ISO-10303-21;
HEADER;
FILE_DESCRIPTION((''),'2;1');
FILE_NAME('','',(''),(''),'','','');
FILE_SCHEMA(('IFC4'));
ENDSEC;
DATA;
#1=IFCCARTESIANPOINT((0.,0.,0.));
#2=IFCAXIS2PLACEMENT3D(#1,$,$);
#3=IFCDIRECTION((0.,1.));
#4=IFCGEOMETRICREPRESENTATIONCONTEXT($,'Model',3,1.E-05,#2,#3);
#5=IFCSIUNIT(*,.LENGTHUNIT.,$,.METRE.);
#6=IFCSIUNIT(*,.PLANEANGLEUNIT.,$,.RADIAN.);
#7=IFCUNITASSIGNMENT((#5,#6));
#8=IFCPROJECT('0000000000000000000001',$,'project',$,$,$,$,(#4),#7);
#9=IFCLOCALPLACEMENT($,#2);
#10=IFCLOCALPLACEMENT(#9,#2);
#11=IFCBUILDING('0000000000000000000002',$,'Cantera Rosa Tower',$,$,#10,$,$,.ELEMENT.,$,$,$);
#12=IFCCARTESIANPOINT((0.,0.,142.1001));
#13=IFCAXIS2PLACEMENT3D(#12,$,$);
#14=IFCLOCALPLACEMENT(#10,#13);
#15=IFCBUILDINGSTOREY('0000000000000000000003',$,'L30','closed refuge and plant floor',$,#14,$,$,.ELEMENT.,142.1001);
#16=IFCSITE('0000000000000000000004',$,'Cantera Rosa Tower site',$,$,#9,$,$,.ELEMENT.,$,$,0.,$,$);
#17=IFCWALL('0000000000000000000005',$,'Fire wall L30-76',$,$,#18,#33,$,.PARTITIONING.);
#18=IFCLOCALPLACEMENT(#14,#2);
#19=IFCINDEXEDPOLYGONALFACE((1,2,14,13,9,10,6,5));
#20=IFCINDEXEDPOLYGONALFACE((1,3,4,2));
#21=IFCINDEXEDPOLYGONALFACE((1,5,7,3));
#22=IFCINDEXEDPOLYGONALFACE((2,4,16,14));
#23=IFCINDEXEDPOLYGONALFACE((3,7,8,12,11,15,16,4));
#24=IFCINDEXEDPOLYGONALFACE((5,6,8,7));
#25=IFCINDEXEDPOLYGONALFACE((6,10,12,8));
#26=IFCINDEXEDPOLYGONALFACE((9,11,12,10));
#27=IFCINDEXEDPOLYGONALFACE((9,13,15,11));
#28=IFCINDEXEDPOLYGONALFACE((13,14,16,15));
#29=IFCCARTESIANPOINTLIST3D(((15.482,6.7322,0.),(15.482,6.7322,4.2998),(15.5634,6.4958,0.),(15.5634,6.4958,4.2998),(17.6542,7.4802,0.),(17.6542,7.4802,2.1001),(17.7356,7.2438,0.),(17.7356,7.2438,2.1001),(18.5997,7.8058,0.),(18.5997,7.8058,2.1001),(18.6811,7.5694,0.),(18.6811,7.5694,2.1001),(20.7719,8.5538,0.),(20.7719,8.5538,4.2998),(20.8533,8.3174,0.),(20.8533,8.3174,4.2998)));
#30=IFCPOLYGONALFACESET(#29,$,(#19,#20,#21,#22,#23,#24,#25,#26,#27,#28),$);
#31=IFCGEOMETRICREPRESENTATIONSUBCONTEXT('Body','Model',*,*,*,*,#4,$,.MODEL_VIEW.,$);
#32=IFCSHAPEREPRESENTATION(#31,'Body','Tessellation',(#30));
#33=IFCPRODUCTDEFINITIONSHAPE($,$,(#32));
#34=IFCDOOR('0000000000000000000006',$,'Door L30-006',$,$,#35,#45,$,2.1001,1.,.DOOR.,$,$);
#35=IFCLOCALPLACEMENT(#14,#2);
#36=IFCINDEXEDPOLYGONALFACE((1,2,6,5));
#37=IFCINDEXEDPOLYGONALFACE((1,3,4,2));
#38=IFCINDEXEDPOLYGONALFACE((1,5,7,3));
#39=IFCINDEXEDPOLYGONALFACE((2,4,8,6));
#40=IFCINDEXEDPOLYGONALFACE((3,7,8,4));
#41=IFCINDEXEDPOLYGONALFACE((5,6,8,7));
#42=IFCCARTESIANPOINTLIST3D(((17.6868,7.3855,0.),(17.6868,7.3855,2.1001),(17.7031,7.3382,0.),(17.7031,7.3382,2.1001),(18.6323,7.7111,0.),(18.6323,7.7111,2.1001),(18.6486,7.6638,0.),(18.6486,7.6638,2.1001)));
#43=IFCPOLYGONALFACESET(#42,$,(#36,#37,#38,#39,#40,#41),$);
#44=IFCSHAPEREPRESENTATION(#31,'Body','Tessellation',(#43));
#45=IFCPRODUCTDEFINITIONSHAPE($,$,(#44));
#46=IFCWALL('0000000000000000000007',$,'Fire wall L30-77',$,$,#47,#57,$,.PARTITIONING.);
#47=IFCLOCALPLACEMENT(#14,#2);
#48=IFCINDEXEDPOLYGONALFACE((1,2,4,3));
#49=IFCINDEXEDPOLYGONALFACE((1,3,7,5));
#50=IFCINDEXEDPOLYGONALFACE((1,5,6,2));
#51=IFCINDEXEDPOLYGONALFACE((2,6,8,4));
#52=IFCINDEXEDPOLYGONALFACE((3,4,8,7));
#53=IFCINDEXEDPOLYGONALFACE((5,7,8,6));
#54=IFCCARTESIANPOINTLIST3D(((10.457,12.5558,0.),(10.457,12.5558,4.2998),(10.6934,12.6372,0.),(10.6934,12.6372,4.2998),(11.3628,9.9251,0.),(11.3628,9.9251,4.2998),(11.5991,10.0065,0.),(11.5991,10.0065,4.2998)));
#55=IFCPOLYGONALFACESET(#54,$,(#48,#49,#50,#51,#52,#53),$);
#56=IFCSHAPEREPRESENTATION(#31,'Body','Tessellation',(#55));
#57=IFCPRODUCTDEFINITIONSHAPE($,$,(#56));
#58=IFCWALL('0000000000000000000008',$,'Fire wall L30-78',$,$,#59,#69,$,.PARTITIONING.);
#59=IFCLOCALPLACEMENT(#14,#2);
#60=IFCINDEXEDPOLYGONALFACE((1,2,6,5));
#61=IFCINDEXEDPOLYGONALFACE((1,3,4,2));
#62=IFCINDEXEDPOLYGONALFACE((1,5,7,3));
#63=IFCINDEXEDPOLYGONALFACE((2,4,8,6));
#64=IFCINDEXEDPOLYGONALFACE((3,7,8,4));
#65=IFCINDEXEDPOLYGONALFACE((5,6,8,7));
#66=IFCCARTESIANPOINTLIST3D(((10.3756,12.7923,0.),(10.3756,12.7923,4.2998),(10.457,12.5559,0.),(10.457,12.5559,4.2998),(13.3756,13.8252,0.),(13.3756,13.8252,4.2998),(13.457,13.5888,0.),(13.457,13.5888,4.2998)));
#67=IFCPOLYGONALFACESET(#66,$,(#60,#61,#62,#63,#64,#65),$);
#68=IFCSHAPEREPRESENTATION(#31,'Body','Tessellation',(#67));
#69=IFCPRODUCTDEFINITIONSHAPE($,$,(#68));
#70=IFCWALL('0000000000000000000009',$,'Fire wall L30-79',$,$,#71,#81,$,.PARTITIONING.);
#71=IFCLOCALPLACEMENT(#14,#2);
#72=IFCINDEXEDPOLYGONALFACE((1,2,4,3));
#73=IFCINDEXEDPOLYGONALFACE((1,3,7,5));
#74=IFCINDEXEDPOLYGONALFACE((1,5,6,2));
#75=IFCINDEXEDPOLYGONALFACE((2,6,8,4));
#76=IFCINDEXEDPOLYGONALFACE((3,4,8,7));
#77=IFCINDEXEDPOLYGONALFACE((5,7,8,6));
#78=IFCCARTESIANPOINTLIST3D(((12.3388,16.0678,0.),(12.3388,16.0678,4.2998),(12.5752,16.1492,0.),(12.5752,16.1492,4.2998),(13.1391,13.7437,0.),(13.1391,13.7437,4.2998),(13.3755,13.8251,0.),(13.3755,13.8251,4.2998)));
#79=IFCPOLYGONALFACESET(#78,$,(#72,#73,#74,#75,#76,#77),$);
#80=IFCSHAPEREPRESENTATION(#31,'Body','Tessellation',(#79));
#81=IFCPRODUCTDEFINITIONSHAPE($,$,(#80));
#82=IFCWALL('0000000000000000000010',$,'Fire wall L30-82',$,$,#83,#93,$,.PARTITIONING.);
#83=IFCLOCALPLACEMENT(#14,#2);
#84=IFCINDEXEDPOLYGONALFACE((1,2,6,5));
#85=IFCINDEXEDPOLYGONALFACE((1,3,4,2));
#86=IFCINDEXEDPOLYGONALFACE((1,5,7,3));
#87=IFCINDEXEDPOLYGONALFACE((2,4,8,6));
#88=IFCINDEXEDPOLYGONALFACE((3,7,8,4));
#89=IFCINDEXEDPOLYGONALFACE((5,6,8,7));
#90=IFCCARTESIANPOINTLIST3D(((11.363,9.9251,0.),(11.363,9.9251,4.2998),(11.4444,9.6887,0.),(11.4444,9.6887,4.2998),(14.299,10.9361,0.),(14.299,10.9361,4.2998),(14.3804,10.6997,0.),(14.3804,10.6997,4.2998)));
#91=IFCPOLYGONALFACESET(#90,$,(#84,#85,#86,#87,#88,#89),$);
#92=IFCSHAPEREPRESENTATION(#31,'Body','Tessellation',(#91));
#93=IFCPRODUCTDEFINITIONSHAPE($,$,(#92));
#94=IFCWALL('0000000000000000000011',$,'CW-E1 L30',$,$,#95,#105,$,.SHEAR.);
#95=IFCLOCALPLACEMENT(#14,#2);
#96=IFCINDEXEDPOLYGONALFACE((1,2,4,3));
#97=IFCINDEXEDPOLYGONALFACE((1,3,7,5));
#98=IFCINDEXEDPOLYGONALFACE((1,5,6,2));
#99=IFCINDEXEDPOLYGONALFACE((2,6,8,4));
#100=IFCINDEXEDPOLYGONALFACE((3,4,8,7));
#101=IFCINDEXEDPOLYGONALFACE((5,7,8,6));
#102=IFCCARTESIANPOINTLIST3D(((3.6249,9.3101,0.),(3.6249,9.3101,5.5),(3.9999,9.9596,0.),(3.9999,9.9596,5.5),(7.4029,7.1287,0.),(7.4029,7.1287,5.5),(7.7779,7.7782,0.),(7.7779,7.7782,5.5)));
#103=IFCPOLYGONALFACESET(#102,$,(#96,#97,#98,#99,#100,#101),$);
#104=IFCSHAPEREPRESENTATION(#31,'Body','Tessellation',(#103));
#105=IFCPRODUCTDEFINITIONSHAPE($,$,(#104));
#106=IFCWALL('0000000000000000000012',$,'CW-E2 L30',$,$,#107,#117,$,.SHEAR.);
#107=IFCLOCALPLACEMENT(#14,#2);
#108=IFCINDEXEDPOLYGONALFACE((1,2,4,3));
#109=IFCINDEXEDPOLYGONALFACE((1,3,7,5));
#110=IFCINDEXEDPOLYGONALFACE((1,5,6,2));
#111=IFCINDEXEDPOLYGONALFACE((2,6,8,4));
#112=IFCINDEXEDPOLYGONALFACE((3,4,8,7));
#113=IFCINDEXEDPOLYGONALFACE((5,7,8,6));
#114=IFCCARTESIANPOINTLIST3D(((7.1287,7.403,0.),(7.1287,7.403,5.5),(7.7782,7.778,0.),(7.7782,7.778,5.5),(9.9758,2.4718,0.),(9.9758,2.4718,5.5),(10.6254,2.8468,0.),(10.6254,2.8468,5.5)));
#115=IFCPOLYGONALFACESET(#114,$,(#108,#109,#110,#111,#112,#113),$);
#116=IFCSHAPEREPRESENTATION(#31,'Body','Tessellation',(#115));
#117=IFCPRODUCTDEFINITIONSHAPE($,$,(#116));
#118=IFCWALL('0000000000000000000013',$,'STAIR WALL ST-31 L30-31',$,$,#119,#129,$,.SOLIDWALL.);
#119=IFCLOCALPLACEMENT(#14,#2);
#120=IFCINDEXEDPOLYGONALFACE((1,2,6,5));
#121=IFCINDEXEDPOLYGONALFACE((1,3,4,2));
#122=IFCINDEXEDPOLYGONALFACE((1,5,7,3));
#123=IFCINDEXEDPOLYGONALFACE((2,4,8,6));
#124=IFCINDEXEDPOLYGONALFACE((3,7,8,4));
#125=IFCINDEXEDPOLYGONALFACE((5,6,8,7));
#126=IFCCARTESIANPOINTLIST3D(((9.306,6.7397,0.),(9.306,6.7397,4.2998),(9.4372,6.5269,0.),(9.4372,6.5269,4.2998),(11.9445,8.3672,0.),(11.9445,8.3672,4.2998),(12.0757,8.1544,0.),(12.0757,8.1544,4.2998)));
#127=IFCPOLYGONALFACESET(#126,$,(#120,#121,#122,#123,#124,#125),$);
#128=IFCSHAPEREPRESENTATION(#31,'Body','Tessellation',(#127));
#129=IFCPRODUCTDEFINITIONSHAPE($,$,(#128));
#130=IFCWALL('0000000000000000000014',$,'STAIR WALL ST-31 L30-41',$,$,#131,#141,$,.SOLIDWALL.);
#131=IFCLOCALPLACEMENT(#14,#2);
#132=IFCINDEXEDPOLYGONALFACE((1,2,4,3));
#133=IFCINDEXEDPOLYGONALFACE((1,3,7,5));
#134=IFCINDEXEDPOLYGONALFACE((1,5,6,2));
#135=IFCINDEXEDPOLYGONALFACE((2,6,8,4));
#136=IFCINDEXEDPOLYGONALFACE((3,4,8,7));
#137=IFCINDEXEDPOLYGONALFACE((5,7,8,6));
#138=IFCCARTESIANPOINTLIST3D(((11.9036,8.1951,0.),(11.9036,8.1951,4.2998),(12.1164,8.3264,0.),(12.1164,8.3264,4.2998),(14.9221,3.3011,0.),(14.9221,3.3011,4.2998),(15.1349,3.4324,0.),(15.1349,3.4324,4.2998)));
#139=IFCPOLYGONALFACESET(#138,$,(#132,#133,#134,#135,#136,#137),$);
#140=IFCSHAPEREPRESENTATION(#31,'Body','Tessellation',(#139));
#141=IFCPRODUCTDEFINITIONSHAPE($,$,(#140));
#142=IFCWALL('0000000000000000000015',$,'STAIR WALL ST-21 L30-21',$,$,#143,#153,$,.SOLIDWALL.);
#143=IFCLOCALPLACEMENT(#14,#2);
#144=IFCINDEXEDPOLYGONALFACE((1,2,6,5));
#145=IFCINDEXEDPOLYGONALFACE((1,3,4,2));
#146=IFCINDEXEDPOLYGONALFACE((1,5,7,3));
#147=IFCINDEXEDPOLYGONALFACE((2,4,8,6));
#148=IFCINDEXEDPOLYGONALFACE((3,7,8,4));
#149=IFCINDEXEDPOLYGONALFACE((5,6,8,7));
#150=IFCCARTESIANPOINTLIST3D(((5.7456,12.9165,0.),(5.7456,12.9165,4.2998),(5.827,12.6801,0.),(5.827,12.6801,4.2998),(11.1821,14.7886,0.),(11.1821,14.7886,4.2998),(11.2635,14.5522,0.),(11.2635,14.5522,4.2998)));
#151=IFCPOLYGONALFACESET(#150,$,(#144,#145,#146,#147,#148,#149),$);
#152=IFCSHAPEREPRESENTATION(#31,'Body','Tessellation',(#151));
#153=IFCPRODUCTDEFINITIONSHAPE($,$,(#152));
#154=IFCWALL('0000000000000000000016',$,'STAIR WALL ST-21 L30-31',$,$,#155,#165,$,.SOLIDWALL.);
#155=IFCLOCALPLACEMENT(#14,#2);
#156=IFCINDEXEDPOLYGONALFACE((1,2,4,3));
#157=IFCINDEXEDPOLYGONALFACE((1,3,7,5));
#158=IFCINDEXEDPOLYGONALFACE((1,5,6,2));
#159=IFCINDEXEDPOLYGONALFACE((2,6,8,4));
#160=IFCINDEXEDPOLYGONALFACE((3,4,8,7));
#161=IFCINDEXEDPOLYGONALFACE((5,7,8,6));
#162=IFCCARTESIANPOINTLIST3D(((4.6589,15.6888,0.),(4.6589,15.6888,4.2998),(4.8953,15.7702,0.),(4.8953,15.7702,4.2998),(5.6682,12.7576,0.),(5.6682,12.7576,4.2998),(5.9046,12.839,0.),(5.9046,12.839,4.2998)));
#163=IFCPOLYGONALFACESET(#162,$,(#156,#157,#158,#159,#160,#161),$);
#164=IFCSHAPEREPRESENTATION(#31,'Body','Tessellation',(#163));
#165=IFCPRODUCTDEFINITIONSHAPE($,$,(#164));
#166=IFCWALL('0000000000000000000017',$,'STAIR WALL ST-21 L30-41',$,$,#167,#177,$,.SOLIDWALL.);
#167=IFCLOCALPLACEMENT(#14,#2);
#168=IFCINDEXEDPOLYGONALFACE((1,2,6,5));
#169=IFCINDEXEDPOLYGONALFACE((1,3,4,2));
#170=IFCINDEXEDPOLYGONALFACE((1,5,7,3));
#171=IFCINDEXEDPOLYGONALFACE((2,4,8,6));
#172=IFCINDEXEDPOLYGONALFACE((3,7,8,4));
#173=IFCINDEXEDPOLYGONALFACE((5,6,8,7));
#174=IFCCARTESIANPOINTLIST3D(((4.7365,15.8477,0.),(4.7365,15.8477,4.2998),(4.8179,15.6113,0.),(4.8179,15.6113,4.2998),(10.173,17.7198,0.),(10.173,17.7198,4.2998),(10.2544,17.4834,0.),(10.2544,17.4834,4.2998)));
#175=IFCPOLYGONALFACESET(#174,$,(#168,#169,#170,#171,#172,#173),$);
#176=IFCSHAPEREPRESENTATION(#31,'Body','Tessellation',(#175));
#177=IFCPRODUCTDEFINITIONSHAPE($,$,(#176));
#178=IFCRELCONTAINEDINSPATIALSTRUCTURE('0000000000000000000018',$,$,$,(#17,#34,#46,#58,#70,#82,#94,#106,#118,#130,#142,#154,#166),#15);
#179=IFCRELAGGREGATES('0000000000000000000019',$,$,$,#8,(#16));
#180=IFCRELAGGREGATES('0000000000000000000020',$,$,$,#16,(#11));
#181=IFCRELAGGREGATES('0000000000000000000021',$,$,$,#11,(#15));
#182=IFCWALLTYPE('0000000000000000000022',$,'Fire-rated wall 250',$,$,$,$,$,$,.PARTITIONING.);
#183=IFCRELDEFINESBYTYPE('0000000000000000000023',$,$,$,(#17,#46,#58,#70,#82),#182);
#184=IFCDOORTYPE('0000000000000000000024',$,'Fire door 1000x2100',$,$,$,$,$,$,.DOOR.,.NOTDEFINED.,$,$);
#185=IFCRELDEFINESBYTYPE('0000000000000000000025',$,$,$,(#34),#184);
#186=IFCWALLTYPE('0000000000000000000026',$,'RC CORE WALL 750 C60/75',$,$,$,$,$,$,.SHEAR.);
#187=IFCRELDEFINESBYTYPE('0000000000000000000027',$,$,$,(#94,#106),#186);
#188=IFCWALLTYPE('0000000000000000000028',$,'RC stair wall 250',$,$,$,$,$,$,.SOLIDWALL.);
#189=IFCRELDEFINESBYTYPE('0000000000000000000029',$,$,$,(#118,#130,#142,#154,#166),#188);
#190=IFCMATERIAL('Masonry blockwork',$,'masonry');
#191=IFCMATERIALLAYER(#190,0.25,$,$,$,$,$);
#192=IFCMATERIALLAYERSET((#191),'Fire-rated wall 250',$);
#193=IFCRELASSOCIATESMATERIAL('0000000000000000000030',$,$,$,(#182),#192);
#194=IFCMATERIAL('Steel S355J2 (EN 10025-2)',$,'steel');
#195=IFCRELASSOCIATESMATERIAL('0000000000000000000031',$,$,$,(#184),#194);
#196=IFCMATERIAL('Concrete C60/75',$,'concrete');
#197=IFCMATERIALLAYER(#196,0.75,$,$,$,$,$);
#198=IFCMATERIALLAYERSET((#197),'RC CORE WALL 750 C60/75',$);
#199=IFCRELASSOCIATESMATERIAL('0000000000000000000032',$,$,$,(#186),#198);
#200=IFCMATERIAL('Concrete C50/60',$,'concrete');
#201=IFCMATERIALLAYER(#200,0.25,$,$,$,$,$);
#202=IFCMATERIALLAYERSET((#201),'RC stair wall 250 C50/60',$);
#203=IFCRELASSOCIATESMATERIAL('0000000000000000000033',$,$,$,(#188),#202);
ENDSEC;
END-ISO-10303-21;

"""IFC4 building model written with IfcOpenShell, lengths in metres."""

from ifc_helpers import new_model, si_unit, direction, frame, frame_2d, origin, place, context, subcontext, project, spatial, rectangle, extrude, material, layer, layer_set, type_object, element, fill, save


model = new_model("IFC4")

# Units and contexts
model_context = context("Model", 3, precision=1e-05, world=origin(), true_north=direction((0.0, 1.0)))
body_context = subcontext(model_context, "Body", "Model", "MODEL_VIEW")
ifc_project = project(units=[si_unit("LENGTHUNIT", "METRE"), si_unit("PLANEANGLEUNIT", "RADIAN")], contexts=[model_context])

# Site, building, storey
site_placement = place(None, origin())
site = spatial("IfcSite", under=ifc_project, at=site_placement, Name="Cantera Rosa Tower site", CompositionType="ELEMENT", RefElevation=0.0)
building_placement = place(site_placement, origin())
building = spatial("IfcBuilding", under=site, at=building_placement, Name="Cantera Rosa Tower", CompositionType="ELEMENT")
storey_placement = place(building_placement, frame((0.0, 0.0, 142.1001)))
storey = spatial("IfcBuildingStorey", under=building, at=storey_placement, Name="L30", Description="closed refuge and plant floor", CompositionType="ELEMENT", Elevation=142.1001)

# Shared definitions
ifc_material_1 = material(Name="Masonry blockwork", Category="masonry")
ifc_layer_1 = layer(ifc_material_1, 0.25)
ifc_layer_set_1 = layer_set([ifc_layer_1], Name="Fire-rated wall 250")
wall_type_1 = type_object("IfcWallType", Name="Fire-rated wall 250", PredefinedType="PARTITIONING", material=ifc_layer_set_1)

# Wall, opening, door
wall_1_placement = place(storey_placement, frame((15.5227, 6.614, 0.0), z_axis=(0.0, 0.0, 1.0), x_axis=(0.945512, 0.325586, 0.0)))
wall_1 = element("IfcWall", 1, at=wall_1_placement, inside=storey, type_object=wall_type_1, Name="Fire wall L30-76", PredefinedType="PARTITIONING", context=body_context, shape_type="SweptSolid", body=[
    extrude(rectangle(XDim=5.5947, YDim=0.25, at=frame_2d((2.7974, 0.0))), origin(), (0.0, 0.0, 1.0), 4.2998),
])
opening_placement = place(wall_1_placement, frame((2.2974, 0.0, 0.0)))
opening = element("IfcOpeningElement", 2, at=opening_placement, cuts=wall_1, PredefinedType="OPENING", context=body_context, shape_type="SweptSolid", body=[
    extrude(rectangle(XDim=1.0, YDim=2.1001, at=frame_2d((0.5, 1.05))), frame((0.0, 0.135, 0.0), z_axis=(0.0, -1.0, 0.0), x_axis=(1.0, 0.0, 0.0)), (0.0, 0.0, 1.0), 0.27),
])
ifc_material_2 = material(Name="Steel S355J2 (EN 10025-2)", Category="steel")
door_type = type_object("IfcDoorType", Name="Fire door 1000x2100", OperationType="NOTDEFINED", PredefinedType="DOOR", material=ifc_material_2)
door_placement = place(opening_placement, origin())
door = element("IfcDoor", 3, at=door_placement, inside=storey, type_object=door_type, Name="Door L30-006", OverallHeight=2.1001, OverallWidth=1.0, PredefinedType="DOOR", context=body_context, shape_type="SweptSolid", body=[
    extrude(rectangle(XDim=1.0, YDim=2.1001, at=frame_2d((0.5, 1.05))), frame((0.0, 0.0249, 0.0), z_axis=(0.0, -1.0, 0.0), x_axis=(1.0, 0.0, 0.0)), (0.0, 0.0, 1.0), 0.05),
])
fill(opening, door)

# Walls
wall_2_placement = place(storey_placement, frame((11.481, 9.9658, 0.0), z_axis=(0.0, 0.0, 1.0), x_axis=(-0.325558, 0.945522, 0.0)))
element("IfcWall", 4, at=wall_2_placement, inside=storey, type_object=wall_type_1, Name="Fire wall L30-77", PredefinedType="PARTITIONING", context=body_context, shape_type="SweptSolid", body=[
    extrude(rectangle(XDim=2.7822, YDim=0.25, at=frame_2d((1.3911, 0.0))), origin(), (0.0, 0.0, 1.0), 4.2998),
])
wall_3_placement = place(storey_placement, frame((10.4163, 12.6741, 0.0), z_axis=(0.0, 0.0, 1.0), x_axis=(0.945521, 0.325561, 0.0)))
element("IfcWall", 5, at=wall_3_placement, inside=storey, type_object=wall_type_1, Name="Fire wall L30-78", PredefinedType="PARTITIONING", context=body_context, shape_type="SweptSolid", body=[
    extrude(rectangle(XDim=3.1729, YDim=0.25, at=frame_2d((1.5864, 0.0))), origin(), (0.0, 0.0, 1.0), 4.2998),
])
wall_4_placement = place(storey_placement, frame((13.2573, 13.7844, 0.0), z_axis=(0.0, 0.0, 1.0), x_axis=(-0.325599, 0.945508, 0.0)))
element("IfcWall", 6, at=wall_4_placement, inside=storey, type_object=wall_type_1, Name="Fire wall L30-79", PredefinedType="PARTITIONING", context=body_context, shape_type="SweptSolid", body=[
    extrude(rectangle(XDim=2.458, YDim=0.25, at=frame_2d((1.229, 0.0))), origin(), (0.0, 0.0, 1.0), 4.2998),
])
wall_5_placement = place(storey_placement, frame((11.4036, 9.8069, 0.0), z_axis=(0.0, 0.0, 1.0), x_axis=(0.945516, 0.325576, 0.0)))
element("IfcWall", 7, at=wall_5_placement, inside=storey, type_object=wall_type_1, Name="Fire wall L30-82", PredefinedType="PARTITIONING", context=body_context, shape_type="SweptSolid", body=[
    extrude(rectangle(XDim=3.1052, YDim=0.25, at=frame_2d((1.5527, 0.0))), origin(), (0.0, 0.0, 1.0), 4.2998),
])
ifc_material_3 = material(Name="Concrete C60/75", Category="concrete")
ifc_layer_2 = layer(ifc_material_3, 0.75)
ifc_layer_set_2 = layer_set([ifc_layer_2], Name="RC CORE WALL 750 C60/75")
wall_type_2 = type_object("IfcWallType", Name="RC CORE WALL 750 C60/75", PredefinedType="SHEAR", material=ifc_layer_set_2)
wall_6_placement = place(storey_placement, frame((3.8125, 9.6348, 0.0), z_axis=(0.0, 0.0, 1.0), x_axis=(0.866013, -0.500021, 0.0)))
element("IfcWall", 8, at=wall_6_placement, inside=storey, type_object=wall_type_2, Name="CW-E1 L30", PredefinedType="SHEAR", context=body_context, shape_type="SweptSolid", body=[
    extrude(rectangle(XDim=4.3625, YDim=0.75, at=frame_2d((2.1812, 0.0))), origin(), (0.0, 0.0, 1.0), 5.5),
])
wall_7_placement = place(storey_placement, frame((7.4534, 7.5906, 0.0), z_axis=(0.0, 0.0, 1.0), x_axis=(0.500022, -0.866013, 0.0)))
element("IfcWall", 9, at=wall_7_placement, inside=storey, type_object=wall_type_2, Name="CW-E2 L30", PredefinedType="SHEAR", context=body_context, shape_type="SweptSolid", body=[
    extrude(rectangle(XDim=5.6941, YDim=0.75, at=frame_2d((2.8472, 0.0))), origin(), (0.0, 0.0, 1.0), 5.5),
])
ifc_material_4 = material(Name="Concrete C50/60", Category="concrete")
ifc_layer_3 = layer(ifc_material_4, 0.25)
ifc_layer_set_3 = layer_set([ifc_layer_3], Name="RC stair wall 250 C50/60")
wall_type_3 = type_object("IfcWallType", Name="RC stair wall 250", PredefinedType="SOLIDWALL", material=ifc_layer_set_3)
wall_8_placement = place(storey_placement, frame((9.3716, 6.6333, 0.0), z_axis=(0.0, 0.0, 1.0), x_axis=(0.851112, 0.524985, 0.0)))
element("IfcWall", 10, at=wall_8_placement, inside=storey, type_object=wall_type_3, Name="STAIR WALL ST-31 L30-31", PredefinedType="SOLIDWALL", context=body_context, shape_type="SweptSolid", body=[
    extrude(rectangle(XDim=3.1001, YDim=0.25, at=frame_2d((1.55, 0.0))), origin(), (0.0, 0.0, 1.0), 4.2998),
])
wall_9_placement = place(storey_placement, frame((12.01, 8.2607, 0.0), z_axis=(0.0, 0.0, 1.0), x_axis=(0.524959, -0.851127, 0.0)))
element("IfcWall", 11, at=wall_9_placement, inside=storey, type_object=wall_type_3, Name="STAIR WALL ST-31 L30-41", PredefinedType="SOLIDWALL", context=body_context, shape_type="SweptSolid", body=[
    extrude(rectangle(XDim=5.75, YDim=0.25, at=frame_2d((2.875, 0.0))), origin(), (0.0, 0.0, 1.0), 4.2998),
])
wall_10_placement = place(storey_placement, frame((11.2229, 14.6704, 0.0), z_axis=(0.0, 0.0, 1.0), x_axis=(-0.945512, -0.325588, 0.0)))
element("IfcWall", 12, at=wall_10_placement, inside=storey, type_object=wall_type_3, Name="STAIR WALL ST-21 L30-21", PredefinedType="SOLIDWALL", context=body_context, shape_type="SweptSolid", body=[
    extrude(rectangle(XDim=5.7498, YDim=0.25, at=frame_2d((2.875, 0.0))), origin(), (0.0, 0.0, 1.0), 4.2998),
])
wall_11_placement = place(storey_placement, frame((5.7864, 12.7983, 0.0), z_axis=(0.0, 0.0, 1.0), x_axis=(-0.325568, 0.945519, 0.0)))
element("IfcWall", 13, at=wall_11_placement, inside=storey, type_object=wall_type_3, Name="STAIR WALL ST-21 L30-31", PredefinedType="SOLIDWALL", context=body_context, shape_type="SweptSolid", body=[
    extrude(rectangle(XDim=3.1001, YDim=0.25, at=frame_2d((1.55, 0.0))), origin(), (0.0, 0.0, 1.0), 4.2998),
])
wall_12_placement = place(storey_placement, frame((4.7771, 15.7295, 0.0), z_axis=(0.0, 0.0, 1.0), x_axis=(0.945512, 0.325588, 0.0)))
element("IfcWall", 14, at=wall_12_placement, inside=storey, type_object=wall_type_3, Name="STAIR WALL ST-21 L30-41", PredefinedType="SOLIDWALL", context=body_context, shape_type="SweptSolid", body=[
    extrude(rectangle(XDim=5.7498, YDim=0.25, at=frame_2d((2.875, 0.0))), origin(), (0.0, 0.0, 1.0), 4.2998),
])

save(model, "model.ifc")
